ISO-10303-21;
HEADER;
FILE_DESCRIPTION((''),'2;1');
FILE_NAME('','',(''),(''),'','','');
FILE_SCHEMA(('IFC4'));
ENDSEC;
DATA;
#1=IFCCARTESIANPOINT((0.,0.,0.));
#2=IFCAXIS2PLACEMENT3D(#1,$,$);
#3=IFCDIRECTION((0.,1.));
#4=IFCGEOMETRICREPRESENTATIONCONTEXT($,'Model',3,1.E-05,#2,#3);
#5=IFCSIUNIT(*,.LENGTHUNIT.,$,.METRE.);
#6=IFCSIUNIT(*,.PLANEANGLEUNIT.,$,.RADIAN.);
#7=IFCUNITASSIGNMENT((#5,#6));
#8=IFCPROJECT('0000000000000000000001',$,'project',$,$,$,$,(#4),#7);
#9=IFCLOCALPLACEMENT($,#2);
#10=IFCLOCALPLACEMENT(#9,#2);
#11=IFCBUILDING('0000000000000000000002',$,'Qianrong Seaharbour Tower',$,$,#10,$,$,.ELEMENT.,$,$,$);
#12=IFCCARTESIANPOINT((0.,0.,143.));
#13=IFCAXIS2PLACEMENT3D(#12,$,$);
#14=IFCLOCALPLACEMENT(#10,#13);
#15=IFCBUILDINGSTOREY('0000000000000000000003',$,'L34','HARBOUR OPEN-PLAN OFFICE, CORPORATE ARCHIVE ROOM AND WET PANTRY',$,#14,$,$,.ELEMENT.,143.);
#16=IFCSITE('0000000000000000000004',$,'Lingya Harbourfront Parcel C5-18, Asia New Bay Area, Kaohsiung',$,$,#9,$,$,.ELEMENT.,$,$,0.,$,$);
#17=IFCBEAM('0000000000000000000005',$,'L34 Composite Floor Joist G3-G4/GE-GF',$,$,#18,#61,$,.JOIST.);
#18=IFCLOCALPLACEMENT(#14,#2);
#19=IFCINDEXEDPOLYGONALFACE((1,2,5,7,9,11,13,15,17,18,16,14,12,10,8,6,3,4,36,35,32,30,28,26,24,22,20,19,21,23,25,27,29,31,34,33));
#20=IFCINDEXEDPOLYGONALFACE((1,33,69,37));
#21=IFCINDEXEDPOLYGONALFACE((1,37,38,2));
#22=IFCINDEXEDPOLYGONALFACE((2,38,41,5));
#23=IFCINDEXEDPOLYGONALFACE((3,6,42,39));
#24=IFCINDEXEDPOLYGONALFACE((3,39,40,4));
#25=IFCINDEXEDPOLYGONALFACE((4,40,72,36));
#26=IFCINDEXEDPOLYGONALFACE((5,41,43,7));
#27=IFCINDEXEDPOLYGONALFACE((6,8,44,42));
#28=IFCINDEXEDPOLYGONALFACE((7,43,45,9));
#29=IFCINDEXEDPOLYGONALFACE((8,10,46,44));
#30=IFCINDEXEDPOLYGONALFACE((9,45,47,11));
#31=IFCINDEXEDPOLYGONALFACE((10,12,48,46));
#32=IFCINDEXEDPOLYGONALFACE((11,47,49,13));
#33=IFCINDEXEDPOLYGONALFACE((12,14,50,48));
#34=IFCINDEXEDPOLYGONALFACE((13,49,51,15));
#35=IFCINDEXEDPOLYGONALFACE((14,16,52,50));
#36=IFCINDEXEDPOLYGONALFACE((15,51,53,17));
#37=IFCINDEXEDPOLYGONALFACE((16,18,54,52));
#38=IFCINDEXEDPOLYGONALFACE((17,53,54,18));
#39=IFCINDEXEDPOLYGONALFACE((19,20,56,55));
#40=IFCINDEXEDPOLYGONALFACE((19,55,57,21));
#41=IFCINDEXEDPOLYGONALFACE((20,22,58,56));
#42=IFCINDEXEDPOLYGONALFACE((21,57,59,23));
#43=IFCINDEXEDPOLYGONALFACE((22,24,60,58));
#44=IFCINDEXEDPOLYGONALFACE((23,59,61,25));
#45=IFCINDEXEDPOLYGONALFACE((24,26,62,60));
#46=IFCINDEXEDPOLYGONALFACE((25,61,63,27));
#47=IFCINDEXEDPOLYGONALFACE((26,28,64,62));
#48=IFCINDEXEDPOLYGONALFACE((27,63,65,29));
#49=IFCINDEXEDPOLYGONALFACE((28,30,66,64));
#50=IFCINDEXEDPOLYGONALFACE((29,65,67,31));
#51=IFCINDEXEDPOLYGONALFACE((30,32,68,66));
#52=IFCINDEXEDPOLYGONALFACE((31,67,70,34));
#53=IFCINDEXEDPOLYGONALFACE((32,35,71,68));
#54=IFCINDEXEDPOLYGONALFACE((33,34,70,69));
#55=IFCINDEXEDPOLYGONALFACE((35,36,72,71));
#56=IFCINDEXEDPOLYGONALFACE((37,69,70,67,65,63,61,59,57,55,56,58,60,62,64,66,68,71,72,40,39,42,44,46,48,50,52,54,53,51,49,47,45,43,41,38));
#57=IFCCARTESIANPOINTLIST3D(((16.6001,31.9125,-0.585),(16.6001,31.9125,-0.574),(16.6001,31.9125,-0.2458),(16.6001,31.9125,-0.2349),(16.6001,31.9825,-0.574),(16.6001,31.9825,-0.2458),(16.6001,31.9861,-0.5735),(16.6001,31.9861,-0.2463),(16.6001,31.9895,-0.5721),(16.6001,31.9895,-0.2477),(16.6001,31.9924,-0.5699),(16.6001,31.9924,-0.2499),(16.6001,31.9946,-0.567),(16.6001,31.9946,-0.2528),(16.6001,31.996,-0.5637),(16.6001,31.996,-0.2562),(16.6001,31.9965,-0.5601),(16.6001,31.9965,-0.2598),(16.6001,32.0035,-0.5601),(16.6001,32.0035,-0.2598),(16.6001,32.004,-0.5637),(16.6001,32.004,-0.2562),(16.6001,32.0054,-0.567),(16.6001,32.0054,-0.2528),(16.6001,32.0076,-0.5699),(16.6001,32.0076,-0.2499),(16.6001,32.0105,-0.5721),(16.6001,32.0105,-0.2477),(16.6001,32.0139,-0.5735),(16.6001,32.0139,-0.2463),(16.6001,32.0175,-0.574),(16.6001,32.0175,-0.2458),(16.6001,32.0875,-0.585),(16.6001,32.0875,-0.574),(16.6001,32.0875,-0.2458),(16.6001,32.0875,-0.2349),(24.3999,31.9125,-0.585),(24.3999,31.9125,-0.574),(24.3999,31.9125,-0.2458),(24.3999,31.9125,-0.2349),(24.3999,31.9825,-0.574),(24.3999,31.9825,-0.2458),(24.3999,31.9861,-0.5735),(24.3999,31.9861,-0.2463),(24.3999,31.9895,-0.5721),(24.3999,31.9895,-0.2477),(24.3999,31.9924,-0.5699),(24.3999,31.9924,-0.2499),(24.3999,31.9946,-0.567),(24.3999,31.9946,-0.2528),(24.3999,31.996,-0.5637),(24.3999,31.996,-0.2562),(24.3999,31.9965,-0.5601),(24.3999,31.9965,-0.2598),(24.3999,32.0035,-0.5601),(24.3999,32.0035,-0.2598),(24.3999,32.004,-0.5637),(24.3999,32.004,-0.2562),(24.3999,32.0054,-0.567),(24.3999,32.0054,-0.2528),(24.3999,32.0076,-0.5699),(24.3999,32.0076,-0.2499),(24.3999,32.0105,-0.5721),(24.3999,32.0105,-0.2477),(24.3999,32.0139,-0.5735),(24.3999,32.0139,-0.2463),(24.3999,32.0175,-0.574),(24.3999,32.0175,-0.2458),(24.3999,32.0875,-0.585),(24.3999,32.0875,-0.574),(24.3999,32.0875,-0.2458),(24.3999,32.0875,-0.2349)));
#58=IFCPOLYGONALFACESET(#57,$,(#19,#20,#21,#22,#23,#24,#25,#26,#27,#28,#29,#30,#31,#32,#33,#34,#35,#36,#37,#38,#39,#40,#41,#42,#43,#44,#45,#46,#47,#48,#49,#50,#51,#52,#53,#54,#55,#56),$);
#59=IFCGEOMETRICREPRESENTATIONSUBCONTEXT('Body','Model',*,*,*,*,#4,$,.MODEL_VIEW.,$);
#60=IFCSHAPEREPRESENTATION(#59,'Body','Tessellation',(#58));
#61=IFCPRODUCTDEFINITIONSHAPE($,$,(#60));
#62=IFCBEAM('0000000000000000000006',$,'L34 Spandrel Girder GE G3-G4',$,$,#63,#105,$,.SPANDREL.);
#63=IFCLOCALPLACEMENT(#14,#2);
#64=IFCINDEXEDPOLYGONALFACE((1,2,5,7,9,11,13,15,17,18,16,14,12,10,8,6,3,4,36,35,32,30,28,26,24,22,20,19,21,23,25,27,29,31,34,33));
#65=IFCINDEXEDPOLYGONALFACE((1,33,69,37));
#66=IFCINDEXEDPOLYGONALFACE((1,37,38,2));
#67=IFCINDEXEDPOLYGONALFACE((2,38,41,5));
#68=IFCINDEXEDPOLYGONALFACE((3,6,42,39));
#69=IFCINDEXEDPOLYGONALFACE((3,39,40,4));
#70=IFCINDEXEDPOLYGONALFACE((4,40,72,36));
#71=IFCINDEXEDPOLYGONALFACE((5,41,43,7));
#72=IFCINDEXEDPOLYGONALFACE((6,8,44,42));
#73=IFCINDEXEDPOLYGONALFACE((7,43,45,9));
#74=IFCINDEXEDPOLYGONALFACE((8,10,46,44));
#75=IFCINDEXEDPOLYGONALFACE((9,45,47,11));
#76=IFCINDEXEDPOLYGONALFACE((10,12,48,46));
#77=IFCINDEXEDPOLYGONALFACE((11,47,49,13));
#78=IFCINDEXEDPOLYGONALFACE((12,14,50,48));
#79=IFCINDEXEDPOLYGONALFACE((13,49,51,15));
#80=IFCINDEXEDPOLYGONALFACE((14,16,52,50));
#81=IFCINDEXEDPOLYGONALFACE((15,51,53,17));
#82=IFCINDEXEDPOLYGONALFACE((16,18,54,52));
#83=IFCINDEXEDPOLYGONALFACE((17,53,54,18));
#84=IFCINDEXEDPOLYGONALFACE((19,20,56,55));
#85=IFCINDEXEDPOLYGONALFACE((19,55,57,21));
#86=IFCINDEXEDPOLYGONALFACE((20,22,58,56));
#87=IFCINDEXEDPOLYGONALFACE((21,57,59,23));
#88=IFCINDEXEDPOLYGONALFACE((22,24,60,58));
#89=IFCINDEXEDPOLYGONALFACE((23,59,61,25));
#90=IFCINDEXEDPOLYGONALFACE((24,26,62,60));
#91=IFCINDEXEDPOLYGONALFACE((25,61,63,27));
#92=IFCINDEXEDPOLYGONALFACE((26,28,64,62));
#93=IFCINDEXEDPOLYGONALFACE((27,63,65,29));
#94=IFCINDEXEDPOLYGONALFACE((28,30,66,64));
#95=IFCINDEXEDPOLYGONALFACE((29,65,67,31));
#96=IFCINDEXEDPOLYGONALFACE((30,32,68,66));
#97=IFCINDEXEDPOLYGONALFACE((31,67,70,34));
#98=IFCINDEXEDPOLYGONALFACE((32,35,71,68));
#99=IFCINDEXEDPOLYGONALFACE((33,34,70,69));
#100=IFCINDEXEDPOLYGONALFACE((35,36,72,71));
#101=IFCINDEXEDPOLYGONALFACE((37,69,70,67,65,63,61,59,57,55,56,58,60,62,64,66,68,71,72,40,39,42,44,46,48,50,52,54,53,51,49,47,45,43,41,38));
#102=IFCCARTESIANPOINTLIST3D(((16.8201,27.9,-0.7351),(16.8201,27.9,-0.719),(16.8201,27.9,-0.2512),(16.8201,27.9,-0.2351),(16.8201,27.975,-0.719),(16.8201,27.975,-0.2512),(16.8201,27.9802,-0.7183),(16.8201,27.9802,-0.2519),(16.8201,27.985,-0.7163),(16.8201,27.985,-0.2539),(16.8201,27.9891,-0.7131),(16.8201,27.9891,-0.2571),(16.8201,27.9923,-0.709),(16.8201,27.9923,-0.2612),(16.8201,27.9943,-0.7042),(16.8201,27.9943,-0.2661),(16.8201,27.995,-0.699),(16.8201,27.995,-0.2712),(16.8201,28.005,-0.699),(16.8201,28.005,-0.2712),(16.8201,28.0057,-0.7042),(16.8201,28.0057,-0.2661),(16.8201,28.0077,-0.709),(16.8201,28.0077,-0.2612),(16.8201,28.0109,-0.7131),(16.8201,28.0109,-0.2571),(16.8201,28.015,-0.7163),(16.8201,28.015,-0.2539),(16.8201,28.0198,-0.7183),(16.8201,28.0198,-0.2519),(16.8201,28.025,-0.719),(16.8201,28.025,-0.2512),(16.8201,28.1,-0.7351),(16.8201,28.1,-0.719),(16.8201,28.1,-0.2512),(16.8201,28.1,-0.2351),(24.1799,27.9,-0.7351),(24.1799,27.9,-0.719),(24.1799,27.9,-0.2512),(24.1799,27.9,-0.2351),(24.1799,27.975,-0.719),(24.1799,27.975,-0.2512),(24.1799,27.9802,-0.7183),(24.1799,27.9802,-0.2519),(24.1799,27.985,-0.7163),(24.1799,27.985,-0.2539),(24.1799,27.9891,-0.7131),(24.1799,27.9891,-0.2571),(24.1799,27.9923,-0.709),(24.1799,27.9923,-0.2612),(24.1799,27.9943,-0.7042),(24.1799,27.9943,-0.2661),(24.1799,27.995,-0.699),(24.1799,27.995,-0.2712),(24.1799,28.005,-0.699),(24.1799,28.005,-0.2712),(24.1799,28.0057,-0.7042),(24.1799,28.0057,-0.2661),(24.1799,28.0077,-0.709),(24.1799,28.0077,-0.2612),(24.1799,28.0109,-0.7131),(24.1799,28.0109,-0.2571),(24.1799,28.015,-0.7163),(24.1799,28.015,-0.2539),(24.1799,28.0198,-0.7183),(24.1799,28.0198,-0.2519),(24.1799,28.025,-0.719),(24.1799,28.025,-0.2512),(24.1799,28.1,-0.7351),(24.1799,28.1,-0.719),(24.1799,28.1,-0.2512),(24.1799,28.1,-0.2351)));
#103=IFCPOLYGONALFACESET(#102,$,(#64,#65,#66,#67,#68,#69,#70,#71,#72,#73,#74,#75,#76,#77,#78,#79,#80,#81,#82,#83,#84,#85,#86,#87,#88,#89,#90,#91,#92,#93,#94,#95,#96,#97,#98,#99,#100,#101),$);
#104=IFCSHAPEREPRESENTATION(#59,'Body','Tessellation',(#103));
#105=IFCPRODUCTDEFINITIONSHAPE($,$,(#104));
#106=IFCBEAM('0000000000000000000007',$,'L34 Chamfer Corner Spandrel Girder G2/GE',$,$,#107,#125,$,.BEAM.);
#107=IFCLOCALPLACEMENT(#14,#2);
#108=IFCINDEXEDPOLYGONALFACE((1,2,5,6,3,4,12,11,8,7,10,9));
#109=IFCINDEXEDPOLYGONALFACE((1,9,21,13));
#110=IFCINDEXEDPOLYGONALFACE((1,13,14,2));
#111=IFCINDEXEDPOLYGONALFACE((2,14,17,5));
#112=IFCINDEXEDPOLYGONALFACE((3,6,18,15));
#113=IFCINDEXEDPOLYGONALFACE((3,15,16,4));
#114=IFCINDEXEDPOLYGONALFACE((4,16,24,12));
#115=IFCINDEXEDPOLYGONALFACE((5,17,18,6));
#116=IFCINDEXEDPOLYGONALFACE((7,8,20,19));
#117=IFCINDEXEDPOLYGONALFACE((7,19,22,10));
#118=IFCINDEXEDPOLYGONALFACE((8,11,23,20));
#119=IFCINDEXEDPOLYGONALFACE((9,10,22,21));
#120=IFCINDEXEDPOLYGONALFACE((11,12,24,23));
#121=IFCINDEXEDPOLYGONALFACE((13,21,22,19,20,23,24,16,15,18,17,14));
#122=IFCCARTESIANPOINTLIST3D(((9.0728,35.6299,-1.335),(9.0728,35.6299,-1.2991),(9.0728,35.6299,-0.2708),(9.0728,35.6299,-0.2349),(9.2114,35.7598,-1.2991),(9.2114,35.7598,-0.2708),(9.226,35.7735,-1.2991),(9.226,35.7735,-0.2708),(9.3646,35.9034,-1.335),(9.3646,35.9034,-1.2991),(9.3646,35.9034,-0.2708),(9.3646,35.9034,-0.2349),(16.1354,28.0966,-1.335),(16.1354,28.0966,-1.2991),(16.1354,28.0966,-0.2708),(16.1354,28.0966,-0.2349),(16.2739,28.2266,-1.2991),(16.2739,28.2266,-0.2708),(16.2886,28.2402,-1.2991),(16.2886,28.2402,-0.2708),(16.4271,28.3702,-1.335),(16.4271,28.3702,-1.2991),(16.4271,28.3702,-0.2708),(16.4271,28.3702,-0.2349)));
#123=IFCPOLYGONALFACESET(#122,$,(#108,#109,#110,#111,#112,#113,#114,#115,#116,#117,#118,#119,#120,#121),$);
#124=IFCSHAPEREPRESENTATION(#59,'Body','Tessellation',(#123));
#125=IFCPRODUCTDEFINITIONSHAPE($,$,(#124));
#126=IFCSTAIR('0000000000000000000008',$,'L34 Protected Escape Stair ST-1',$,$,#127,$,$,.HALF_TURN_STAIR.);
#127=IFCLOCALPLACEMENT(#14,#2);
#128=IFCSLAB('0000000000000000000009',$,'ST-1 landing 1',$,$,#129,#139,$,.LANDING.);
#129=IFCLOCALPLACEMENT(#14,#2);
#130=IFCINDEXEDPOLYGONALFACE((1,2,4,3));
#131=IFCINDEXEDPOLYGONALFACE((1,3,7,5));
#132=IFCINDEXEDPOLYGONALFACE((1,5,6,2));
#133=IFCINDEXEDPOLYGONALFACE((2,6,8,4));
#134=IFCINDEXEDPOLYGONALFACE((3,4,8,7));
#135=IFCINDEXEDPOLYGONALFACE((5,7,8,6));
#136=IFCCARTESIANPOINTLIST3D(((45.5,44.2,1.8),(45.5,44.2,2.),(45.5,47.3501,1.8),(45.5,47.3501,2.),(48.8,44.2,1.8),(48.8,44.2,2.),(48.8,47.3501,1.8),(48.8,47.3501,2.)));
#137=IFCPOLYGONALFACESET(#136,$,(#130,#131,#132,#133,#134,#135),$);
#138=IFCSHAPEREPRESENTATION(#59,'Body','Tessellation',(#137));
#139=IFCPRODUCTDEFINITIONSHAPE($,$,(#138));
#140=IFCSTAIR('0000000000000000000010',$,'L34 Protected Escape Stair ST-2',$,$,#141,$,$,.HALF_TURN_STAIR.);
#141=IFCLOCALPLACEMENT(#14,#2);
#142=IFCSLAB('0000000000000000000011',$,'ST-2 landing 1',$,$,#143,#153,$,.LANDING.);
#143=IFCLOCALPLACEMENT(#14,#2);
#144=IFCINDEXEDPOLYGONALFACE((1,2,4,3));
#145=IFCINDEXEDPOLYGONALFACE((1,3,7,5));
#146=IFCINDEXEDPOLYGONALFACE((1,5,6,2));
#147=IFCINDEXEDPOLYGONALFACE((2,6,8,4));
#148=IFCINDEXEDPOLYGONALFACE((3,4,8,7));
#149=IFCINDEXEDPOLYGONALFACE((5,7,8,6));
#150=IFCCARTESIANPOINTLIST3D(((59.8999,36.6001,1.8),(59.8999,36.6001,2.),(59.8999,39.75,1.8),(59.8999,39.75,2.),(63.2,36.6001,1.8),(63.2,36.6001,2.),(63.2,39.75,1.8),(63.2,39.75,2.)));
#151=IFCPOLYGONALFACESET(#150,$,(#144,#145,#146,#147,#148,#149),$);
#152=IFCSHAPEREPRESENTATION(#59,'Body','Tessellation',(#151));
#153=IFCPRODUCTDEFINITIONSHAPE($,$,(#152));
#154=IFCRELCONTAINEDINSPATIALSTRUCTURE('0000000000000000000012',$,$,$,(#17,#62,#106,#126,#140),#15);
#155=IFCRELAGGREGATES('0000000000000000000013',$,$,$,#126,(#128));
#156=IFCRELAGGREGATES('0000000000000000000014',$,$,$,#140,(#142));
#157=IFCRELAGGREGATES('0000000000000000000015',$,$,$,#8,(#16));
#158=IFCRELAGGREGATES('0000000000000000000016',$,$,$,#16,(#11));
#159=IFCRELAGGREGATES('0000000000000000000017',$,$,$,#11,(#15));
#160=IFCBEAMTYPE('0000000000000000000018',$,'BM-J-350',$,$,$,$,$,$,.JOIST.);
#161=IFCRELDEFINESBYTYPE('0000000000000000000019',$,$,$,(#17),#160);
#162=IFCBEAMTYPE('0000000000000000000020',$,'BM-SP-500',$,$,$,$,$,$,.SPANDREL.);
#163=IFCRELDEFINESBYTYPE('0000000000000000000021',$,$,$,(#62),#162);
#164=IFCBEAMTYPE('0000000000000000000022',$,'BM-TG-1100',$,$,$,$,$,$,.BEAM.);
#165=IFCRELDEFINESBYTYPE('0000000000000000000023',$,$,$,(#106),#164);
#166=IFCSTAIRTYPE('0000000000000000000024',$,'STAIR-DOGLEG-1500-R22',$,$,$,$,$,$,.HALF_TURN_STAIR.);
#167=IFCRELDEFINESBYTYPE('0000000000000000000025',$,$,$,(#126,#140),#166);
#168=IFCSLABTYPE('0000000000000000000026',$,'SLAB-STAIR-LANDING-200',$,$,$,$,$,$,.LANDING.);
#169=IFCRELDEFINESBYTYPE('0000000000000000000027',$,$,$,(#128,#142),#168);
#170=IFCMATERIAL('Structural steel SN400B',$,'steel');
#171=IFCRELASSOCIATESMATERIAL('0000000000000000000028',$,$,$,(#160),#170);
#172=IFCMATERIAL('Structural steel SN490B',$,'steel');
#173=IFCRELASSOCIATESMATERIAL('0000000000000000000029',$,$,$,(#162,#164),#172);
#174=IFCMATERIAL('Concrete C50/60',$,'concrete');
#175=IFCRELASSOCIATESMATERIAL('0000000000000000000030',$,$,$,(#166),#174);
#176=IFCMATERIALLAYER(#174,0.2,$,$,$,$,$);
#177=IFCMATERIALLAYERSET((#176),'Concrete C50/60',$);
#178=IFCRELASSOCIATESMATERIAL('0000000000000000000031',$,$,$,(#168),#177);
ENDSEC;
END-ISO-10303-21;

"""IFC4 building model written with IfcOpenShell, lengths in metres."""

from ifc_helpers import new_model, si_unit, direction, frame, origin, origin_2d, place, context, subcontext, project, spatial, polyline, i_section, outline, extrude, material, layer, layer_set, material_profile, profile_set, type_object, element, aggregate, save


model = new_model("IFC4")

# Units and contexts
model_context = context("Model", 3, precision=1e-05, world=origin(), true_north=direction((0.0, 1.0)))
body_context = subcontext(model_context, "Body", "Model", "MODEL_VIEW")
ifc_project = project(units=[si_unit("LENGTHUNIT", "METRE"), si_unit("PLANEANGLEUNIT", "RADIAN")], contexts=[model_context])

# Site, building, storey
site_placement = place(None, origin())
site = spatial("IfcSite", under=ifc_project, at=site_placement, Name="Lingya Harbourfront Parcel C5-18, Asia New Bay Area, Kaohsiung", CompositionType="ELEMENT", RefElevation=0.0)
building_placement = place(site_placement, origin())
building = spatial("IfcBuilding", under=site, at=building_placement, Name="Qianrong Seaharbour Tower", CompositionType="ELEMENT")
storey_placement = place(building_placement, frame((0.0, 0.0, 143.0)))
storey = spatial("IfcBuildingStorey", under=building, at=storey_placement, Name="L34", Description="HARBOUR OPEN-PLAN OFFICE, CORPORATE ARCHIVE ROOM AND WET PANTRY", CompositionType="ELEMENT", Elevation=143.0)

# Shared definitions
ifc_material_1 = material(Name="Structural steel SN490B", Category="steel")

# Beams
ifc_material_2 = material(Name="Structural steel SN400B", Category="steel")
ifc_material_profile_1 = material_profile(ifc_material_2, i_section(OverallWidth=0.175, OverallDepth=0.3501, WebThickness=0.0071, FlangeThickness=0.011, FilletRadius=0.0139, at=origin_2d()), Name="H350x175x7x11")
ifc_profile_set_1 = profile_set([ifc_material_profile_1], Name="Structural steel SN400B")
beam_type_1 = type_object("IfcBeamType", Name="BM-J-350", PredefinedType="JOIST", material=ifc_profile_set_1)
beam_1_placement = place(storey_placement, frame((16.6001, 32.0, -0.4099), z_axis=(1.0, 0.0, 0.0), x_axis=(0.0, 1.0, 0.0)))
element("IfcBeam", 1, at=beam_1_placement, inside=storey, type_object=beam_type_1, Name="L34 Composite Floor Joist G3-G4/GE-GF", PredefinedType="JOIST", context=body_context, shape_type="SweptSolid", body=[
    extrude(i_section(OverallWidth=0.175, OverallDepth=0.3501, WebThickness=0.0071, FlangeThickness=0.011, FilletRadius=0.0139, at=origin_2d()), origin(), (0.0, 0.0, 1.0), 7.7998),
])
ifc_material_profile_2 = material_profile(ifc_material_1, i_section(OverallWidth=0.2, OverallDepth=0.5, WebThickness=0.01, FlangeThickness=0.0161, FilletRadius=0.02, at=origin_2d()), Name="H500x200x10x16")
ifc_profile_set_2 = profile_set([ifc_material_profile_2], Name="Structural steel SN490B")
beam_type_2 = type_object("IfcBeamType", Name="BM-SP-500", PredefinedType="SPANDREL", material=ifc_profile_set_2)
beam_2_placement = place(storey_placement, frame((16.8201, 28.0, -0.4851), z_axis=(1.0, 0.0, 0.0), x_axis=(0.0, 1.0, 0.0)))
element("IfcBeam", 2, at=beam_2_placement, inside=storey, type_object=beam_type_2, Name="L34 Spandrel Girder GE G3-G4", PredefinedType="SPANDREL", context=body_context, shape_type="SweptSolid", body=[
    extrude(i_section(OverallWidth=0.2, OverallDepth=0.5, WebThickness=0.01, FlangeThickness=0.0161, FilletRadius=0.02, at=origin_2d()), origin(), (0.0, 0.0, 1.0), 7.3599),
])
ifc_material_profile_3 = material_profile(ifc_material_1, i_section(OverallWidth=0.3999, OverallDepth=1.1001, WebThickness=0.02, FlangeThickness=0.0359, at=origin_2d()), Name="BH1100x400x20x36")
ifc_profile_set_3 = profile_set([ifc_material_profile_3], Name="Structural steel SN490B")
beam_type_3 = type_object("IfcBeamType", Name="BM-TG-1100", PredefinedType="BEAM", material=ifc_profile_set_3)
beam_3_placement = place(storey_placement, frame((16.2812, 28.2334, -0.7849), z_axis=(-0.683947, 0.729531, 0.0), x_axis=(-0.729531, -0.683947, 0.0)))
element("IfcBeam", 3, at=beam_3_placement, inside=storey, type_object=beam_type_3, Name="L34 Chamfer Corner Spandrel Girder G2/GE", PredefinedType="BEAM", context=body_context, shape_type="SweptSolid", body=[
    extrude(i_section(OverallWidth=0.3999, OverallDepth=1.1001, WebThickness=0.02, FlangeThickness=0.0359, at=origin_2d()), origin(), (0.0, 0.0, 1.0), 10.3262),
])

# Stairs, slabs
ifc_material_3 = material(Name="Concrete C50/60", Category="concrete")
stair_type = type_object("IfcStairType", Name="STAIR-DOGLEG-1500-R22", PredefinedType="HALF_TURN_STAIR", material=ifc_material_3)
stair_1_placement = place(storey_placement, origin())
stair_1 = element("IfcStair", 4, at=stair_1_placement, inside=storey, type_object=stair_type, Name="L34 Protected Escape Stair ST-1", PredefinedType="HALF_TURN_STAIR")
ifc_layer_1 = layer(ifc_material_3, 0.2)
ifc_layer_set_1 = layer_set([ifc_layer_1], Name="Concrete C50/60")
slab_type_1 = type_object("IfcSlabType", Name="SLAB-STAIR-LANDING-200", PredefinedType="LANDING", material=ifc_layer_set_1)
slab_1_placement = place(storey_placement, frame((0.0, 0.0, 1.8)))
slab_1 = element("IfcSlab", 5, at=slab_1_placement, type_object=slab_type_1, Name="ST-1 landing 1", PredefinedType="LANDING", context=body_context, shape_type="SweptSolid", body=[
    extrude(outline(polyline([(45.5, 44.2), (48.8, 44.2), (48.8, 47.3501), (45.5, 47.3501), (45.5, 44.2)])), origin(), (0.0, 0.0, 1.0), 0.2),
])
aggregate(stair_1, [slab_1])
stair_2_placement = place(storey_placement, origin())
stair_2 = element("IfcStair", 6, at=stair_2_placement, inside=storey, type_object=stair_type, Name="L34 Protected Escape Stair ST-2", PredefinedType="HALF_TURN_STAIR")
slab_2_placement = place(storey_placement, frame((0.0, 0.0, 1.8)))
slab_2 = element("IfcSlab", 7, at=slab_2_placement, type_object=slab_type_1, Name="ST-2 landing 1", PredefinedType="LANDING", context=body_context, shape_type="SweptSolid", body=[
    extrude(outline(polyline([(59.8999, 36.6001), (63.2, 36.6001), (63.2, 39.75), (59.8999, 39.75), (59.8999, 36.6001)])), origin(), (0.0, 0.0, 1.0), 0.2),
])
aggregate(stair_2, [slab_2])

save(model, "model.ifc")
